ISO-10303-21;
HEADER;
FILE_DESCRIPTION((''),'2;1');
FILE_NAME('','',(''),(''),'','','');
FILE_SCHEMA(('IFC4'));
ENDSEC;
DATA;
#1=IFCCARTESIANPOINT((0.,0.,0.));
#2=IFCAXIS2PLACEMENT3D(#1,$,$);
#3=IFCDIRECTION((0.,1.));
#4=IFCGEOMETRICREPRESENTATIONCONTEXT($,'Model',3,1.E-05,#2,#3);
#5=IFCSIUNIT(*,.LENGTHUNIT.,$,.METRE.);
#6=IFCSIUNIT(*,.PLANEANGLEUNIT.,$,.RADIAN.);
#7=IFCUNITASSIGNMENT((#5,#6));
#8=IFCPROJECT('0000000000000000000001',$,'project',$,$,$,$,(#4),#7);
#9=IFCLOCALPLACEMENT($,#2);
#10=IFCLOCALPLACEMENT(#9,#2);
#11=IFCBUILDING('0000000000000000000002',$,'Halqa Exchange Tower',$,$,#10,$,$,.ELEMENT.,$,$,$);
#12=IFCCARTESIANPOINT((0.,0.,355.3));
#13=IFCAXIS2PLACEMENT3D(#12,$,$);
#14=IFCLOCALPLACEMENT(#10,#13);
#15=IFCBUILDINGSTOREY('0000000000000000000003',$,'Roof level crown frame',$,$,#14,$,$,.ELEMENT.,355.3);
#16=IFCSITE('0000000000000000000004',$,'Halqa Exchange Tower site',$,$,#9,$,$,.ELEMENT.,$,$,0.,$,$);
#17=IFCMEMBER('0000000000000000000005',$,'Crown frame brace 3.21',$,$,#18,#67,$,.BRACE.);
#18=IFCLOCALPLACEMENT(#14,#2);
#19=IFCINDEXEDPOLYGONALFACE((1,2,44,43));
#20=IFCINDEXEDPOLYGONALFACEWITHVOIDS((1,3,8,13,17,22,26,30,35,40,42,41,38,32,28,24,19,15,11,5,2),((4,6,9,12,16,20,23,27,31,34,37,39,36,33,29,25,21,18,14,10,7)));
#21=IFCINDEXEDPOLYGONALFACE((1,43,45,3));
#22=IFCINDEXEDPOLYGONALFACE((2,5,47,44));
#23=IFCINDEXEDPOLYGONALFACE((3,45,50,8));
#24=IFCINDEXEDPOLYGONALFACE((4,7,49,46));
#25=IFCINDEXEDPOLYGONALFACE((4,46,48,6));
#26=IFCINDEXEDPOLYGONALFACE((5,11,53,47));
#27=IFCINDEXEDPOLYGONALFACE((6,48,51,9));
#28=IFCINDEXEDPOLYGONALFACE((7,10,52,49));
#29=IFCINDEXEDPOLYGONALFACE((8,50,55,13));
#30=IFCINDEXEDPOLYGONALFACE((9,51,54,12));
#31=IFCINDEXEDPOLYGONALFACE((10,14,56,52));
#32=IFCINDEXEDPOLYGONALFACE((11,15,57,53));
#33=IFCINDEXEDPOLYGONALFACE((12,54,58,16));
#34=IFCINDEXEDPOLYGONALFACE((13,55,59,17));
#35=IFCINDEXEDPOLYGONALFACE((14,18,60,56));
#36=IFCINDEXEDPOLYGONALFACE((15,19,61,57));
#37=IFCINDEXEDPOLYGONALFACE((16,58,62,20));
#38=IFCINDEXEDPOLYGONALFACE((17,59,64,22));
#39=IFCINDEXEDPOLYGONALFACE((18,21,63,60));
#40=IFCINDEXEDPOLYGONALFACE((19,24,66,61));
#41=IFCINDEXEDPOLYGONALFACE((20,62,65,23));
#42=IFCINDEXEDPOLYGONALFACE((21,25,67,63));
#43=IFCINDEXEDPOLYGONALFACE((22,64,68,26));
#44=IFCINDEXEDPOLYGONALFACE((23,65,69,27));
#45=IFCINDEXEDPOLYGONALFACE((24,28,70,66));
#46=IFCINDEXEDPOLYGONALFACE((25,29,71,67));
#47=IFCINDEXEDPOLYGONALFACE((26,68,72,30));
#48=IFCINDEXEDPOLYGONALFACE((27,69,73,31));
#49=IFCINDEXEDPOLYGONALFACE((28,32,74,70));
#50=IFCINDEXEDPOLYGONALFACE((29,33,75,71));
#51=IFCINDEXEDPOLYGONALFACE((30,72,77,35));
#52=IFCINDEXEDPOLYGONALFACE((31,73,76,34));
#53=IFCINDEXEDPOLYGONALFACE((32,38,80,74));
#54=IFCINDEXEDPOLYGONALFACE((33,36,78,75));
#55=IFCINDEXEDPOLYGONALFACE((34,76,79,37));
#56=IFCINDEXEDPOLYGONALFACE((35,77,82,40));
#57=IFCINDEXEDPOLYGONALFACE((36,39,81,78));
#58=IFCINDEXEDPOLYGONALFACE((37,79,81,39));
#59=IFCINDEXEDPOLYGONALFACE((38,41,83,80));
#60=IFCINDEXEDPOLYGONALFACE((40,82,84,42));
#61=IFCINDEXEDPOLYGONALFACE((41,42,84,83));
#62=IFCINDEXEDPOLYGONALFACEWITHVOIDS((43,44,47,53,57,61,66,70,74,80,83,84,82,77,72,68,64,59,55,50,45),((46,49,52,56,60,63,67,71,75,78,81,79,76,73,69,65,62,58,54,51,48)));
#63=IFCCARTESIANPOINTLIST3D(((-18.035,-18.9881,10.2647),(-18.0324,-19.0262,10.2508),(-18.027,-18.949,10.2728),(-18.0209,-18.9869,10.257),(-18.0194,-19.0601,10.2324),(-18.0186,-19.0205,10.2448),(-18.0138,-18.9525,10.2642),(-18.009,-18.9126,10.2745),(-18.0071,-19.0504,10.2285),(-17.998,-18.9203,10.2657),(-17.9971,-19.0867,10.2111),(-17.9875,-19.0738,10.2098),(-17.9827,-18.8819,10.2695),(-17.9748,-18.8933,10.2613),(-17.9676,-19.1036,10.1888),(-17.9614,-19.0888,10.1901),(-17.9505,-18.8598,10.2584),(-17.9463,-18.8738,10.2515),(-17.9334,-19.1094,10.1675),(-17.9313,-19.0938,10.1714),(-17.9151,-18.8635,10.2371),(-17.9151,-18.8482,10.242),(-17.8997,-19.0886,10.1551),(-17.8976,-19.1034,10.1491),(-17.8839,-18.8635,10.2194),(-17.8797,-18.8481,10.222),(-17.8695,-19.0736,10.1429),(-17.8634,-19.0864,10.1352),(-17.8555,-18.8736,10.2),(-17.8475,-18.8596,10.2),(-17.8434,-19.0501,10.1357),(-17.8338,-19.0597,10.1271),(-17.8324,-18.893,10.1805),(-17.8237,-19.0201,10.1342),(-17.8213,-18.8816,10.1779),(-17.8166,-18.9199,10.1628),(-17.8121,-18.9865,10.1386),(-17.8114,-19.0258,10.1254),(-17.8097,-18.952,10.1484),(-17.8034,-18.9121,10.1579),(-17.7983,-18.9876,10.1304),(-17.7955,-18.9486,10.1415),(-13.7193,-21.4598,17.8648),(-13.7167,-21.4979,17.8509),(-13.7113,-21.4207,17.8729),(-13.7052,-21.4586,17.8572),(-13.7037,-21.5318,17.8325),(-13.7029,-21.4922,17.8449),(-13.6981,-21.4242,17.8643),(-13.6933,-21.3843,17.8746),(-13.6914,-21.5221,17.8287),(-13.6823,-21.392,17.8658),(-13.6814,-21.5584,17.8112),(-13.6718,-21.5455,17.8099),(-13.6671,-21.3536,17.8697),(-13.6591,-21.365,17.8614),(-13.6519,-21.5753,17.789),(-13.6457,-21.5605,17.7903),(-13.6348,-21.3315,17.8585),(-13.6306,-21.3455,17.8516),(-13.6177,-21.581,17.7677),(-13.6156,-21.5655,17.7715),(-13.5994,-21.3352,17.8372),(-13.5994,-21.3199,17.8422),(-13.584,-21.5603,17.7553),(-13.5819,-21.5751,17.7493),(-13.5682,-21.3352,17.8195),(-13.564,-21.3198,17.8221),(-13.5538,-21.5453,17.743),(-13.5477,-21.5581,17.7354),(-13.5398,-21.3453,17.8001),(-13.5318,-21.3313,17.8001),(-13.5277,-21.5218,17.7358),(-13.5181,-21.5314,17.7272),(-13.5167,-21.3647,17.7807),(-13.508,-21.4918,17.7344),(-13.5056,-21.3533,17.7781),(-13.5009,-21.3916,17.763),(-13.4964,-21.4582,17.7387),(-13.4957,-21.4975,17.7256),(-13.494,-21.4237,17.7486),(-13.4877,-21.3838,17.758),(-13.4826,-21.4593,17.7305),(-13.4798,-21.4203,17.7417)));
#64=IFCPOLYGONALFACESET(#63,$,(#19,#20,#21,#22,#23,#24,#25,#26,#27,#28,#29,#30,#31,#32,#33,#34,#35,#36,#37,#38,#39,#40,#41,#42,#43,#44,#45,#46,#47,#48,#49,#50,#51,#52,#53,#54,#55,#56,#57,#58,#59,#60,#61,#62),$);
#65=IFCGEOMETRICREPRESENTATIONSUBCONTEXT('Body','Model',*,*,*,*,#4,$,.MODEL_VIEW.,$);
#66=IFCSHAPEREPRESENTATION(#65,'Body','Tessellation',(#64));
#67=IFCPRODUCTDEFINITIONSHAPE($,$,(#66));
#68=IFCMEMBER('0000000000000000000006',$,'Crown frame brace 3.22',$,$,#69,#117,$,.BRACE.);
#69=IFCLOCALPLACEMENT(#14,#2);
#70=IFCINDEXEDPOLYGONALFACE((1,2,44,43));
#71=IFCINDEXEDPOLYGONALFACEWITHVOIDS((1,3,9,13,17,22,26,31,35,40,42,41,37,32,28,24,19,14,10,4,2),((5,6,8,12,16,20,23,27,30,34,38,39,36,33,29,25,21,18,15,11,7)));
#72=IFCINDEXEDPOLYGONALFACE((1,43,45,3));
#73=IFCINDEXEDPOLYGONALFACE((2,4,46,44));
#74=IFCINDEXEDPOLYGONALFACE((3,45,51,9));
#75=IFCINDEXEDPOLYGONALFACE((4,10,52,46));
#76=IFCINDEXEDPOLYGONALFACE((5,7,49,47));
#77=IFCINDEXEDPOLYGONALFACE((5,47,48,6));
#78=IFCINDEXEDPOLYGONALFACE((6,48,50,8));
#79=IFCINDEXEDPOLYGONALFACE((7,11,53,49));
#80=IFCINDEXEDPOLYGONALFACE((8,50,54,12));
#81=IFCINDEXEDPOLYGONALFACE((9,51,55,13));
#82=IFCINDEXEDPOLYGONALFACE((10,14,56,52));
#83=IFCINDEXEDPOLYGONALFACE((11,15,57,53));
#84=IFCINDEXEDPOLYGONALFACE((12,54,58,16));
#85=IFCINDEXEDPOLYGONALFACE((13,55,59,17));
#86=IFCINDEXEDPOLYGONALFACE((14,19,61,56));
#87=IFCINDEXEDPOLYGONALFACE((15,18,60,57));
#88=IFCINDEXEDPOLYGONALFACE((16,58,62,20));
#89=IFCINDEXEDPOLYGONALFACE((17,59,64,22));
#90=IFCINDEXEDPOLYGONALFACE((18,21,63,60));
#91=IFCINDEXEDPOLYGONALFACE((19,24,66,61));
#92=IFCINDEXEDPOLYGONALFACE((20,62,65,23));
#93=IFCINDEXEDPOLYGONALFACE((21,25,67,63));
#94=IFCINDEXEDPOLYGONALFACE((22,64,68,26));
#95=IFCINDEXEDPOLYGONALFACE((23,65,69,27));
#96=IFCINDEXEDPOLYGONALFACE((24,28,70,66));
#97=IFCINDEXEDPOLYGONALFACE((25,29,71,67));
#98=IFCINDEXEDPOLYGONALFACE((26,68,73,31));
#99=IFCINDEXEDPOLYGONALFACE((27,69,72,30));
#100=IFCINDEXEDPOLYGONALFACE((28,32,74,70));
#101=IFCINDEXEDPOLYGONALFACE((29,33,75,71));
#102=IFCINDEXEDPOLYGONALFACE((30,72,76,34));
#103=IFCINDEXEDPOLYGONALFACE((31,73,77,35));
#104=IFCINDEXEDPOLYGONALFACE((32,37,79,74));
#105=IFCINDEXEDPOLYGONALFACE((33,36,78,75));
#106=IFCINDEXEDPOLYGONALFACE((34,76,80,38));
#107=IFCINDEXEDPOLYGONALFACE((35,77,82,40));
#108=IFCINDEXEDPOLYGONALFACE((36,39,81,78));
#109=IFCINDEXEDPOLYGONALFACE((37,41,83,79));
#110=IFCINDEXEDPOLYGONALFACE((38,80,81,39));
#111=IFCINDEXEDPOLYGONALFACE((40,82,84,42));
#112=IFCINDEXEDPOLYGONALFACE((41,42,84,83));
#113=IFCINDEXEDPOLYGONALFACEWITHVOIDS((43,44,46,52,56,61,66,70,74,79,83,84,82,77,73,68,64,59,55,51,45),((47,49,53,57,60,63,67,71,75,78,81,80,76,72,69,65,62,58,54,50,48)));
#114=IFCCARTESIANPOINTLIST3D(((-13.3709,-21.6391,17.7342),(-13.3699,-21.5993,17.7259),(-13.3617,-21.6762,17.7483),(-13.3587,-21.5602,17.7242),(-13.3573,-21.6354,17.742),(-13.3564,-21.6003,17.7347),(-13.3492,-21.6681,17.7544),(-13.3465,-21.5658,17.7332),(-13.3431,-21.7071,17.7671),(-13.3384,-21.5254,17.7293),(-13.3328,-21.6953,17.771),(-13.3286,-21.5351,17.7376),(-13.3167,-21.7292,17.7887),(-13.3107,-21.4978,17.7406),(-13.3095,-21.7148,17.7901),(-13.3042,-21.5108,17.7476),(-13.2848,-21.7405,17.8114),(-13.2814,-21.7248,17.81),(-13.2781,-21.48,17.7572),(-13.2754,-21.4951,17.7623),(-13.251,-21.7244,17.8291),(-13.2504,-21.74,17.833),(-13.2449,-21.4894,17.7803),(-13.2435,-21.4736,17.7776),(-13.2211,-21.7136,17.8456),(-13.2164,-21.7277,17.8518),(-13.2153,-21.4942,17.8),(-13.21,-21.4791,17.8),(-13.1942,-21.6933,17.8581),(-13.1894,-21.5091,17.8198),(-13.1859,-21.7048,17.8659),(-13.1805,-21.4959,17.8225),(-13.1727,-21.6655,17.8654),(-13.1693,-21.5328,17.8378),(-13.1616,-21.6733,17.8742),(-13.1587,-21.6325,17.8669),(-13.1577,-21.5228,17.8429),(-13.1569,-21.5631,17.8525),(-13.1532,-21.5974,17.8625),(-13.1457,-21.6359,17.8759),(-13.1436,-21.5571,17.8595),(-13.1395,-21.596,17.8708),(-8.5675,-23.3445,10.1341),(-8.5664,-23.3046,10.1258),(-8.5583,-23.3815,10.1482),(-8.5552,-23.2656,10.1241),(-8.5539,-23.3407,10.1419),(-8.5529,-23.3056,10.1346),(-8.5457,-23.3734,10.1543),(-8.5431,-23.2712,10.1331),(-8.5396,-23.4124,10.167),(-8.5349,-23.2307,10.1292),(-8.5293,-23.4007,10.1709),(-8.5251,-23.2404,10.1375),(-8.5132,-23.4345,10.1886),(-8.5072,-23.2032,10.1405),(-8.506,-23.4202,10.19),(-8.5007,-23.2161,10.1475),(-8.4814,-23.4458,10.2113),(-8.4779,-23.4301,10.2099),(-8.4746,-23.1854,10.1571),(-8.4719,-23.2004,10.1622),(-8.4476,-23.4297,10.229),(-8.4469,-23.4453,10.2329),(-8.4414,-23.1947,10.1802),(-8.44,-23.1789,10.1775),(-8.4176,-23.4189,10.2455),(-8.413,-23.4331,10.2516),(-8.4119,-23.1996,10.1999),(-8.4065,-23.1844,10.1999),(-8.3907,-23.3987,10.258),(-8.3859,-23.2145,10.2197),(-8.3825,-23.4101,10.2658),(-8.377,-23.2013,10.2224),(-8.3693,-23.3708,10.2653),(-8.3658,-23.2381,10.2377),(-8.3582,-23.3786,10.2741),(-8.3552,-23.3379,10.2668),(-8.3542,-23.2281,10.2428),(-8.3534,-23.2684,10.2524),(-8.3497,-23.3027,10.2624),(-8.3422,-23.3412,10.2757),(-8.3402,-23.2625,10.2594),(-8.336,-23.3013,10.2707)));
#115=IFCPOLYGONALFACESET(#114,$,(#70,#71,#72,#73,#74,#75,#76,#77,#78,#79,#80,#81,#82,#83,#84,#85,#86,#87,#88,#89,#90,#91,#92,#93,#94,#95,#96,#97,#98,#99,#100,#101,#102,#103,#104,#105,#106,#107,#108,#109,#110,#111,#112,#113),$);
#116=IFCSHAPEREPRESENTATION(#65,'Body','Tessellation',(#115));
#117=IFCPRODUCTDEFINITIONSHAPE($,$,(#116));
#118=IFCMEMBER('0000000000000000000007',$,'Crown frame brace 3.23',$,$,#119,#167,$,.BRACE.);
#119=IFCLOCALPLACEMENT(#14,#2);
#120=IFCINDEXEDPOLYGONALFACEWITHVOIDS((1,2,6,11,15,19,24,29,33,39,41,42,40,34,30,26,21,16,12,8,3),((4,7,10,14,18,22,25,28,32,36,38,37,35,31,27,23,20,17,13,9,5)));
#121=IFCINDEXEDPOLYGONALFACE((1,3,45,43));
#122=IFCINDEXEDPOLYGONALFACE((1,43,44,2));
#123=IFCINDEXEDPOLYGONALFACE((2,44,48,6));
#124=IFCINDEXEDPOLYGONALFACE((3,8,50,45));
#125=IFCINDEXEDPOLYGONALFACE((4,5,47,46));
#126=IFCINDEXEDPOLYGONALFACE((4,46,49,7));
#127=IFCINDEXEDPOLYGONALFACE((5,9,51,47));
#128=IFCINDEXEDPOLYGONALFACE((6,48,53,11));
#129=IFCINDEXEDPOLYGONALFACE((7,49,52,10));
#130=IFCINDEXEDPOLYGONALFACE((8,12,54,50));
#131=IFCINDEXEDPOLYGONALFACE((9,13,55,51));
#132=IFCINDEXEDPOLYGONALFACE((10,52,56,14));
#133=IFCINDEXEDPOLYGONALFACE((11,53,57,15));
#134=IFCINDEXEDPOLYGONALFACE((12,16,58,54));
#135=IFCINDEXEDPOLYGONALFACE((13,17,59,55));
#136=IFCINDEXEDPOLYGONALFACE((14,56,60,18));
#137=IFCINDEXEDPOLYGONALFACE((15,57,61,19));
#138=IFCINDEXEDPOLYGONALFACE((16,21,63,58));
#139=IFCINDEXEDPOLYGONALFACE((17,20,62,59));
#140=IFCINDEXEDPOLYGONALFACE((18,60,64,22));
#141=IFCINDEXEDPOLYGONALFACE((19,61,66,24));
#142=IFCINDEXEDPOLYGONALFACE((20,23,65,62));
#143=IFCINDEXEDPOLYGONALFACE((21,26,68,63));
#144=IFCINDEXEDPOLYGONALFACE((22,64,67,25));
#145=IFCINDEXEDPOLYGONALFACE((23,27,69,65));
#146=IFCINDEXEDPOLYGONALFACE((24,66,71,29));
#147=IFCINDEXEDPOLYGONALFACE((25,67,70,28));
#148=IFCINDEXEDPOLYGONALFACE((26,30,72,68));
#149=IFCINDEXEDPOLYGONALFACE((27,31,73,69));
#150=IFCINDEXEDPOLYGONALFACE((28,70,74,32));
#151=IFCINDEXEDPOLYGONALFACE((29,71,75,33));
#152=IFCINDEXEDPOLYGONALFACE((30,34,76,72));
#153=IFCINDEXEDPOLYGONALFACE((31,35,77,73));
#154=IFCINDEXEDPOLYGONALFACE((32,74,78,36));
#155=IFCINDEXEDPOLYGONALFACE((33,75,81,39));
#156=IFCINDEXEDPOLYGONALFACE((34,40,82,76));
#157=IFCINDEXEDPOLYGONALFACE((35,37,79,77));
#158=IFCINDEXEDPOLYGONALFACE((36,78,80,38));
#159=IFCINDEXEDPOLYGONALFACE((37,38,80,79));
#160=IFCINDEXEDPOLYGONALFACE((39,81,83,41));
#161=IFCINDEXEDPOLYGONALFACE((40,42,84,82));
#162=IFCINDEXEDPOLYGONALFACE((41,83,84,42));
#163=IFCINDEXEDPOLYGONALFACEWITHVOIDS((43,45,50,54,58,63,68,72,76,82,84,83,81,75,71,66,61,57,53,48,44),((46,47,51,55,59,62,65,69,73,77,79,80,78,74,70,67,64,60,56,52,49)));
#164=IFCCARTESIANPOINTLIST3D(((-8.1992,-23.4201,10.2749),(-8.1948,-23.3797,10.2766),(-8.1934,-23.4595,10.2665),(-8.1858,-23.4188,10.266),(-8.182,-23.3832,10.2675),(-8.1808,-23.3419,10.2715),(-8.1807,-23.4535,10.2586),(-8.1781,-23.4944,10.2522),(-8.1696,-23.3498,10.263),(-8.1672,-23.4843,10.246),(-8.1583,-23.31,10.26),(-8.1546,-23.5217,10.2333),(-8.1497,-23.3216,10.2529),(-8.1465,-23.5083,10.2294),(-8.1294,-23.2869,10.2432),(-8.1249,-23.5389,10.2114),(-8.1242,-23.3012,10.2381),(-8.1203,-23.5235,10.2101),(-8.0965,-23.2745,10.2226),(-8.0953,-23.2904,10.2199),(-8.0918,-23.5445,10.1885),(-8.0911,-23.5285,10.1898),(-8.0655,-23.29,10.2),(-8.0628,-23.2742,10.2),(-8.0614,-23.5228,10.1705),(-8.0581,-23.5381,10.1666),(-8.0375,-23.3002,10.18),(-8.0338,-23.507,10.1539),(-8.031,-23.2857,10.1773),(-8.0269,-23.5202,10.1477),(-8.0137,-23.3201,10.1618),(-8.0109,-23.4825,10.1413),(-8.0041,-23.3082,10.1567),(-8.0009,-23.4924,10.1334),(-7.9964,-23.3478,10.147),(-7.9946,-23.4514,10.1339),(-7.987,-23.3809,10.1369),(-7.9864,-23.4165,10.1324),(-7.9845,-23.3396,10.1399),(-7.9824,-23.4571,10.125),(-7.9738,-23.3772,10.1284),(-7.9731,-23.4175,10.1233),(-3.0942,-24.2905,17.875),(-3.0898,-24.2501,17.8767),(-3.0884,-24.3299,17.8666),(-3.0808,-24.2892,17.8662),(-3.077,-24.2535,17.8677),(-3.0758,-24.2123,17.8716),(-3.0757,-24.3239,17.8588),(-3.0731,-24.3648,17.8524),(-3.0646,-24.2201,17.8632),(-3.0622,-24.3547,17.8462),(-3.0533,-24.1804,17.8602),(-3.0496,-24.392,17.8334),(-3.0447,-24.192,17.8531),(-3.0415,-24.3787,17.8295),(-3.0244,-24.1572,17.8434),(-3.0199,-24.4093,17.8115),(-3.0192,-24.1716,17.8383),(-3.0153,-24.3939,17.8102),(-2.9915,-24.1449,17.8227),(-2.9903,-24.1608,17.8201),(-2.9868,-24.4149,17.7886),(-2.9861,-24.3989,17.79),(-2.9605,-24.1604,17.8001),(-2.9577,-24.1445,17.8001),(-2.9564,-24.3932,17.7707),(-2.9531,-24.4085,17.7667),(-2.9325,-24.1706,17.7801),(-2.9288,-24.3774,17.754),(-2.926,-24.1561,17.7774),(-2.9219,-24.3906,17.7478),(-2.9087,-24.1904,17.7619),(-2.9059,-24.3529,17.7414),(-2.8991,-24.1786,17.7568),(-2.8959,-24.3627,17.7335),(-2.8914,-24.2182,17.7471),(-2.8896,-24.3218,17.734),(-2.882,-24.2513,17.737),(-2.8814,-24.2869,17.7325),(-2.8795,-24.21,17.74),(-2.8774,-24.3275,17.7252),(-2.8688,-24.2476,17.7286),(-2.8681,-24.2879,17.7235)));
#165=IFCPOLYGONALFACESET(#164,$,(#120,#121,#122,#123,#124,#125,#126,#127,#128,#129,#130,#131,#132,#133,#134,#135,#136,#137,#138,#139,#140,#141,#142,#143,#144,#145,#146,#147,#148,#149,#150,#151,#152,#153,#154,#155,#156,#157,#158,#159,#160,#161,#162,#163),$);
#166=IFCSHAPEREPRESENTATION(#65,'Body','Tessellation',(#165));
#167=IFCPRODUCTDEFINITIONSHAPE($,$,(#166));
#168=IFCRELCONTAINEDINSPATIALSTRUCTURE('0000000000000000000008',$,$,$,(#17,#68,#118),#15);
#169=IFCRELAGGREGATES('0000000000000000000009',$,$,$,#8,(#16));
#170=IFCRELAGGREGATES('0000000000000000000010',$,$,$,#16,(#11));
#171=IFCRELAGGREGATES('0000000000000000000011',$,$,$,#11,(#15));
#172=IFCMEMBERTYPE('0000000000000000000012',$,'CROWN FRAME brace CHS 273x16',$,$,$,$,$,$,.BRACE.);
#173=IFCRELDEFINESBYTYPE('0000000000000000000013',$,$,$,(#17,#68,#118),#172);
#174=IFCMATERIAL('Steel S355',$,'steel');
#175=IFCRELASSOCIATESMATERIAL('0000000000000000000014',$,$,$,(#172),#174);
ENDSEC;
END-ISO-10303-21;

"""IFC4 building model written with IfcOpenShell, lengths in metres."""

from ifc_helpers import new_model, si_unit, direction, frame, origin, origin_2d, place, context, subcontext, project, spatial, hollow_circle, extrude, material, material_profile, profile_set, type_object, element, save


model = new_model("IFC4")

# Units and contexts
model_context = context("Model", 3, precision=1e-05, world=origin(), true_north=direction((0.0, 1.0)))
body_context = subcontext(model_context, "Body", "Model", "MODEL_VIEW")
ifc_project = project(units=[si_unit("LENGTHUNIT", "METRE"), si_unit("PLANEANGLEUNIT", "RADIAN")], contexts=[model_context])

# Site, building, storey
site_placement = place(None, origin())
site = spatial("IfcSite", under=ifc_project, at=site_placement, Name="Halqa Exchange Tower site", CompositionType="ELEMENT", RefElevation=0.0)
building_placement = place(site_placement, origin())
building = spatial("IfcBuilding", under=site, at=building_placement, Name="Halqa Exchange Tower", CompositionType="ELEMENT")
storey_placement = place(building_placement, frame((0.0, 0.0, 355.3)))
storey = spatial("IfcBuildingStorey", under=building, at=storey_placement, Name="Roof level crown frame", CompositionType="ELEMENT", Elevation=355.3)

# Members
ifc_material_1 = material(Name="Steel S355", Category="steel")
ifc_material_profile_1 = material_profile(ifc_material_1, hollow_circle(Radius=0.1365, WallThickness=0.0161, at=origin_2d()), Name="CHS 273x16")
ifc_profile_set_1 = profile_set([ifc_material_profile_1], Name="Steel S355")
member_type = type_object("IfcMemberType", Name="CROWN FRAME brace CHS 273x16", PredefinedType="BRACE", material=ifc_profile_set_1)
member_1_placement = place(storey_placement, frame((-17.9153, -18.978, 10.2), z_axis=(0.475152, -0.27213, 0.836765), x_axis=(0.496985, 0.867759, 0.0)))
element("IfcMember", 1, at=member_1_placement, inside=storey, type_object=member_type, Name="Crown frame brace 3.21", PredefinedType="BRACE", context=body_context, shape_type="SweptSolid", body=[
    extrude(hollow_circle(Radius=0.1365, WallThickness=0.0161, at=origin_2d()), origin(), (0.0, 0.0, 1.0), 9.0828),
])
member_2_placement = place(storey_placement, frame((-13.2556, -21.6077, 17.8), z_axis=(0.524905, -0.186351, -0.830511), x_axis=(0.334561, 0.942374, 0.0)))
element("IfcMember", 2, at=member_2_placement, inside=storey, type_object=member_type, Name="Crown frame brace 3.22", PredefinedType="BRACE", context=body_context, shape_type="SweptSolid", body=[
    extrude(hollow_circle(Radius=0.1365, WallThickness=0.0161, at=origin_2d()), origin(), (0.0, 0.0, 1.0), 9.1511),
])
member_3_placement = place(storey_placement, frame((-8.0857, -23.4087, 10.2), z_axis=(0.555086, -0.094638, 0.826391), x_axis=(0.168067, 0.985776, 0.0)))
element("IfcMember", 3, at=member_3_placement, inside=storey, type_object=member_type, Name="Crown frame brace 3.23", PredefinedType="BRACE", context=body_context, shape_type="SweptSolid", body=[
    extrude(hollow_circle(Radius=0.1365, WallThickness=0.0161, at=origin_2d()), origin(), (0.0, 0.0, 1.0), 9.1968),
])

save(model, "model.ifc")
